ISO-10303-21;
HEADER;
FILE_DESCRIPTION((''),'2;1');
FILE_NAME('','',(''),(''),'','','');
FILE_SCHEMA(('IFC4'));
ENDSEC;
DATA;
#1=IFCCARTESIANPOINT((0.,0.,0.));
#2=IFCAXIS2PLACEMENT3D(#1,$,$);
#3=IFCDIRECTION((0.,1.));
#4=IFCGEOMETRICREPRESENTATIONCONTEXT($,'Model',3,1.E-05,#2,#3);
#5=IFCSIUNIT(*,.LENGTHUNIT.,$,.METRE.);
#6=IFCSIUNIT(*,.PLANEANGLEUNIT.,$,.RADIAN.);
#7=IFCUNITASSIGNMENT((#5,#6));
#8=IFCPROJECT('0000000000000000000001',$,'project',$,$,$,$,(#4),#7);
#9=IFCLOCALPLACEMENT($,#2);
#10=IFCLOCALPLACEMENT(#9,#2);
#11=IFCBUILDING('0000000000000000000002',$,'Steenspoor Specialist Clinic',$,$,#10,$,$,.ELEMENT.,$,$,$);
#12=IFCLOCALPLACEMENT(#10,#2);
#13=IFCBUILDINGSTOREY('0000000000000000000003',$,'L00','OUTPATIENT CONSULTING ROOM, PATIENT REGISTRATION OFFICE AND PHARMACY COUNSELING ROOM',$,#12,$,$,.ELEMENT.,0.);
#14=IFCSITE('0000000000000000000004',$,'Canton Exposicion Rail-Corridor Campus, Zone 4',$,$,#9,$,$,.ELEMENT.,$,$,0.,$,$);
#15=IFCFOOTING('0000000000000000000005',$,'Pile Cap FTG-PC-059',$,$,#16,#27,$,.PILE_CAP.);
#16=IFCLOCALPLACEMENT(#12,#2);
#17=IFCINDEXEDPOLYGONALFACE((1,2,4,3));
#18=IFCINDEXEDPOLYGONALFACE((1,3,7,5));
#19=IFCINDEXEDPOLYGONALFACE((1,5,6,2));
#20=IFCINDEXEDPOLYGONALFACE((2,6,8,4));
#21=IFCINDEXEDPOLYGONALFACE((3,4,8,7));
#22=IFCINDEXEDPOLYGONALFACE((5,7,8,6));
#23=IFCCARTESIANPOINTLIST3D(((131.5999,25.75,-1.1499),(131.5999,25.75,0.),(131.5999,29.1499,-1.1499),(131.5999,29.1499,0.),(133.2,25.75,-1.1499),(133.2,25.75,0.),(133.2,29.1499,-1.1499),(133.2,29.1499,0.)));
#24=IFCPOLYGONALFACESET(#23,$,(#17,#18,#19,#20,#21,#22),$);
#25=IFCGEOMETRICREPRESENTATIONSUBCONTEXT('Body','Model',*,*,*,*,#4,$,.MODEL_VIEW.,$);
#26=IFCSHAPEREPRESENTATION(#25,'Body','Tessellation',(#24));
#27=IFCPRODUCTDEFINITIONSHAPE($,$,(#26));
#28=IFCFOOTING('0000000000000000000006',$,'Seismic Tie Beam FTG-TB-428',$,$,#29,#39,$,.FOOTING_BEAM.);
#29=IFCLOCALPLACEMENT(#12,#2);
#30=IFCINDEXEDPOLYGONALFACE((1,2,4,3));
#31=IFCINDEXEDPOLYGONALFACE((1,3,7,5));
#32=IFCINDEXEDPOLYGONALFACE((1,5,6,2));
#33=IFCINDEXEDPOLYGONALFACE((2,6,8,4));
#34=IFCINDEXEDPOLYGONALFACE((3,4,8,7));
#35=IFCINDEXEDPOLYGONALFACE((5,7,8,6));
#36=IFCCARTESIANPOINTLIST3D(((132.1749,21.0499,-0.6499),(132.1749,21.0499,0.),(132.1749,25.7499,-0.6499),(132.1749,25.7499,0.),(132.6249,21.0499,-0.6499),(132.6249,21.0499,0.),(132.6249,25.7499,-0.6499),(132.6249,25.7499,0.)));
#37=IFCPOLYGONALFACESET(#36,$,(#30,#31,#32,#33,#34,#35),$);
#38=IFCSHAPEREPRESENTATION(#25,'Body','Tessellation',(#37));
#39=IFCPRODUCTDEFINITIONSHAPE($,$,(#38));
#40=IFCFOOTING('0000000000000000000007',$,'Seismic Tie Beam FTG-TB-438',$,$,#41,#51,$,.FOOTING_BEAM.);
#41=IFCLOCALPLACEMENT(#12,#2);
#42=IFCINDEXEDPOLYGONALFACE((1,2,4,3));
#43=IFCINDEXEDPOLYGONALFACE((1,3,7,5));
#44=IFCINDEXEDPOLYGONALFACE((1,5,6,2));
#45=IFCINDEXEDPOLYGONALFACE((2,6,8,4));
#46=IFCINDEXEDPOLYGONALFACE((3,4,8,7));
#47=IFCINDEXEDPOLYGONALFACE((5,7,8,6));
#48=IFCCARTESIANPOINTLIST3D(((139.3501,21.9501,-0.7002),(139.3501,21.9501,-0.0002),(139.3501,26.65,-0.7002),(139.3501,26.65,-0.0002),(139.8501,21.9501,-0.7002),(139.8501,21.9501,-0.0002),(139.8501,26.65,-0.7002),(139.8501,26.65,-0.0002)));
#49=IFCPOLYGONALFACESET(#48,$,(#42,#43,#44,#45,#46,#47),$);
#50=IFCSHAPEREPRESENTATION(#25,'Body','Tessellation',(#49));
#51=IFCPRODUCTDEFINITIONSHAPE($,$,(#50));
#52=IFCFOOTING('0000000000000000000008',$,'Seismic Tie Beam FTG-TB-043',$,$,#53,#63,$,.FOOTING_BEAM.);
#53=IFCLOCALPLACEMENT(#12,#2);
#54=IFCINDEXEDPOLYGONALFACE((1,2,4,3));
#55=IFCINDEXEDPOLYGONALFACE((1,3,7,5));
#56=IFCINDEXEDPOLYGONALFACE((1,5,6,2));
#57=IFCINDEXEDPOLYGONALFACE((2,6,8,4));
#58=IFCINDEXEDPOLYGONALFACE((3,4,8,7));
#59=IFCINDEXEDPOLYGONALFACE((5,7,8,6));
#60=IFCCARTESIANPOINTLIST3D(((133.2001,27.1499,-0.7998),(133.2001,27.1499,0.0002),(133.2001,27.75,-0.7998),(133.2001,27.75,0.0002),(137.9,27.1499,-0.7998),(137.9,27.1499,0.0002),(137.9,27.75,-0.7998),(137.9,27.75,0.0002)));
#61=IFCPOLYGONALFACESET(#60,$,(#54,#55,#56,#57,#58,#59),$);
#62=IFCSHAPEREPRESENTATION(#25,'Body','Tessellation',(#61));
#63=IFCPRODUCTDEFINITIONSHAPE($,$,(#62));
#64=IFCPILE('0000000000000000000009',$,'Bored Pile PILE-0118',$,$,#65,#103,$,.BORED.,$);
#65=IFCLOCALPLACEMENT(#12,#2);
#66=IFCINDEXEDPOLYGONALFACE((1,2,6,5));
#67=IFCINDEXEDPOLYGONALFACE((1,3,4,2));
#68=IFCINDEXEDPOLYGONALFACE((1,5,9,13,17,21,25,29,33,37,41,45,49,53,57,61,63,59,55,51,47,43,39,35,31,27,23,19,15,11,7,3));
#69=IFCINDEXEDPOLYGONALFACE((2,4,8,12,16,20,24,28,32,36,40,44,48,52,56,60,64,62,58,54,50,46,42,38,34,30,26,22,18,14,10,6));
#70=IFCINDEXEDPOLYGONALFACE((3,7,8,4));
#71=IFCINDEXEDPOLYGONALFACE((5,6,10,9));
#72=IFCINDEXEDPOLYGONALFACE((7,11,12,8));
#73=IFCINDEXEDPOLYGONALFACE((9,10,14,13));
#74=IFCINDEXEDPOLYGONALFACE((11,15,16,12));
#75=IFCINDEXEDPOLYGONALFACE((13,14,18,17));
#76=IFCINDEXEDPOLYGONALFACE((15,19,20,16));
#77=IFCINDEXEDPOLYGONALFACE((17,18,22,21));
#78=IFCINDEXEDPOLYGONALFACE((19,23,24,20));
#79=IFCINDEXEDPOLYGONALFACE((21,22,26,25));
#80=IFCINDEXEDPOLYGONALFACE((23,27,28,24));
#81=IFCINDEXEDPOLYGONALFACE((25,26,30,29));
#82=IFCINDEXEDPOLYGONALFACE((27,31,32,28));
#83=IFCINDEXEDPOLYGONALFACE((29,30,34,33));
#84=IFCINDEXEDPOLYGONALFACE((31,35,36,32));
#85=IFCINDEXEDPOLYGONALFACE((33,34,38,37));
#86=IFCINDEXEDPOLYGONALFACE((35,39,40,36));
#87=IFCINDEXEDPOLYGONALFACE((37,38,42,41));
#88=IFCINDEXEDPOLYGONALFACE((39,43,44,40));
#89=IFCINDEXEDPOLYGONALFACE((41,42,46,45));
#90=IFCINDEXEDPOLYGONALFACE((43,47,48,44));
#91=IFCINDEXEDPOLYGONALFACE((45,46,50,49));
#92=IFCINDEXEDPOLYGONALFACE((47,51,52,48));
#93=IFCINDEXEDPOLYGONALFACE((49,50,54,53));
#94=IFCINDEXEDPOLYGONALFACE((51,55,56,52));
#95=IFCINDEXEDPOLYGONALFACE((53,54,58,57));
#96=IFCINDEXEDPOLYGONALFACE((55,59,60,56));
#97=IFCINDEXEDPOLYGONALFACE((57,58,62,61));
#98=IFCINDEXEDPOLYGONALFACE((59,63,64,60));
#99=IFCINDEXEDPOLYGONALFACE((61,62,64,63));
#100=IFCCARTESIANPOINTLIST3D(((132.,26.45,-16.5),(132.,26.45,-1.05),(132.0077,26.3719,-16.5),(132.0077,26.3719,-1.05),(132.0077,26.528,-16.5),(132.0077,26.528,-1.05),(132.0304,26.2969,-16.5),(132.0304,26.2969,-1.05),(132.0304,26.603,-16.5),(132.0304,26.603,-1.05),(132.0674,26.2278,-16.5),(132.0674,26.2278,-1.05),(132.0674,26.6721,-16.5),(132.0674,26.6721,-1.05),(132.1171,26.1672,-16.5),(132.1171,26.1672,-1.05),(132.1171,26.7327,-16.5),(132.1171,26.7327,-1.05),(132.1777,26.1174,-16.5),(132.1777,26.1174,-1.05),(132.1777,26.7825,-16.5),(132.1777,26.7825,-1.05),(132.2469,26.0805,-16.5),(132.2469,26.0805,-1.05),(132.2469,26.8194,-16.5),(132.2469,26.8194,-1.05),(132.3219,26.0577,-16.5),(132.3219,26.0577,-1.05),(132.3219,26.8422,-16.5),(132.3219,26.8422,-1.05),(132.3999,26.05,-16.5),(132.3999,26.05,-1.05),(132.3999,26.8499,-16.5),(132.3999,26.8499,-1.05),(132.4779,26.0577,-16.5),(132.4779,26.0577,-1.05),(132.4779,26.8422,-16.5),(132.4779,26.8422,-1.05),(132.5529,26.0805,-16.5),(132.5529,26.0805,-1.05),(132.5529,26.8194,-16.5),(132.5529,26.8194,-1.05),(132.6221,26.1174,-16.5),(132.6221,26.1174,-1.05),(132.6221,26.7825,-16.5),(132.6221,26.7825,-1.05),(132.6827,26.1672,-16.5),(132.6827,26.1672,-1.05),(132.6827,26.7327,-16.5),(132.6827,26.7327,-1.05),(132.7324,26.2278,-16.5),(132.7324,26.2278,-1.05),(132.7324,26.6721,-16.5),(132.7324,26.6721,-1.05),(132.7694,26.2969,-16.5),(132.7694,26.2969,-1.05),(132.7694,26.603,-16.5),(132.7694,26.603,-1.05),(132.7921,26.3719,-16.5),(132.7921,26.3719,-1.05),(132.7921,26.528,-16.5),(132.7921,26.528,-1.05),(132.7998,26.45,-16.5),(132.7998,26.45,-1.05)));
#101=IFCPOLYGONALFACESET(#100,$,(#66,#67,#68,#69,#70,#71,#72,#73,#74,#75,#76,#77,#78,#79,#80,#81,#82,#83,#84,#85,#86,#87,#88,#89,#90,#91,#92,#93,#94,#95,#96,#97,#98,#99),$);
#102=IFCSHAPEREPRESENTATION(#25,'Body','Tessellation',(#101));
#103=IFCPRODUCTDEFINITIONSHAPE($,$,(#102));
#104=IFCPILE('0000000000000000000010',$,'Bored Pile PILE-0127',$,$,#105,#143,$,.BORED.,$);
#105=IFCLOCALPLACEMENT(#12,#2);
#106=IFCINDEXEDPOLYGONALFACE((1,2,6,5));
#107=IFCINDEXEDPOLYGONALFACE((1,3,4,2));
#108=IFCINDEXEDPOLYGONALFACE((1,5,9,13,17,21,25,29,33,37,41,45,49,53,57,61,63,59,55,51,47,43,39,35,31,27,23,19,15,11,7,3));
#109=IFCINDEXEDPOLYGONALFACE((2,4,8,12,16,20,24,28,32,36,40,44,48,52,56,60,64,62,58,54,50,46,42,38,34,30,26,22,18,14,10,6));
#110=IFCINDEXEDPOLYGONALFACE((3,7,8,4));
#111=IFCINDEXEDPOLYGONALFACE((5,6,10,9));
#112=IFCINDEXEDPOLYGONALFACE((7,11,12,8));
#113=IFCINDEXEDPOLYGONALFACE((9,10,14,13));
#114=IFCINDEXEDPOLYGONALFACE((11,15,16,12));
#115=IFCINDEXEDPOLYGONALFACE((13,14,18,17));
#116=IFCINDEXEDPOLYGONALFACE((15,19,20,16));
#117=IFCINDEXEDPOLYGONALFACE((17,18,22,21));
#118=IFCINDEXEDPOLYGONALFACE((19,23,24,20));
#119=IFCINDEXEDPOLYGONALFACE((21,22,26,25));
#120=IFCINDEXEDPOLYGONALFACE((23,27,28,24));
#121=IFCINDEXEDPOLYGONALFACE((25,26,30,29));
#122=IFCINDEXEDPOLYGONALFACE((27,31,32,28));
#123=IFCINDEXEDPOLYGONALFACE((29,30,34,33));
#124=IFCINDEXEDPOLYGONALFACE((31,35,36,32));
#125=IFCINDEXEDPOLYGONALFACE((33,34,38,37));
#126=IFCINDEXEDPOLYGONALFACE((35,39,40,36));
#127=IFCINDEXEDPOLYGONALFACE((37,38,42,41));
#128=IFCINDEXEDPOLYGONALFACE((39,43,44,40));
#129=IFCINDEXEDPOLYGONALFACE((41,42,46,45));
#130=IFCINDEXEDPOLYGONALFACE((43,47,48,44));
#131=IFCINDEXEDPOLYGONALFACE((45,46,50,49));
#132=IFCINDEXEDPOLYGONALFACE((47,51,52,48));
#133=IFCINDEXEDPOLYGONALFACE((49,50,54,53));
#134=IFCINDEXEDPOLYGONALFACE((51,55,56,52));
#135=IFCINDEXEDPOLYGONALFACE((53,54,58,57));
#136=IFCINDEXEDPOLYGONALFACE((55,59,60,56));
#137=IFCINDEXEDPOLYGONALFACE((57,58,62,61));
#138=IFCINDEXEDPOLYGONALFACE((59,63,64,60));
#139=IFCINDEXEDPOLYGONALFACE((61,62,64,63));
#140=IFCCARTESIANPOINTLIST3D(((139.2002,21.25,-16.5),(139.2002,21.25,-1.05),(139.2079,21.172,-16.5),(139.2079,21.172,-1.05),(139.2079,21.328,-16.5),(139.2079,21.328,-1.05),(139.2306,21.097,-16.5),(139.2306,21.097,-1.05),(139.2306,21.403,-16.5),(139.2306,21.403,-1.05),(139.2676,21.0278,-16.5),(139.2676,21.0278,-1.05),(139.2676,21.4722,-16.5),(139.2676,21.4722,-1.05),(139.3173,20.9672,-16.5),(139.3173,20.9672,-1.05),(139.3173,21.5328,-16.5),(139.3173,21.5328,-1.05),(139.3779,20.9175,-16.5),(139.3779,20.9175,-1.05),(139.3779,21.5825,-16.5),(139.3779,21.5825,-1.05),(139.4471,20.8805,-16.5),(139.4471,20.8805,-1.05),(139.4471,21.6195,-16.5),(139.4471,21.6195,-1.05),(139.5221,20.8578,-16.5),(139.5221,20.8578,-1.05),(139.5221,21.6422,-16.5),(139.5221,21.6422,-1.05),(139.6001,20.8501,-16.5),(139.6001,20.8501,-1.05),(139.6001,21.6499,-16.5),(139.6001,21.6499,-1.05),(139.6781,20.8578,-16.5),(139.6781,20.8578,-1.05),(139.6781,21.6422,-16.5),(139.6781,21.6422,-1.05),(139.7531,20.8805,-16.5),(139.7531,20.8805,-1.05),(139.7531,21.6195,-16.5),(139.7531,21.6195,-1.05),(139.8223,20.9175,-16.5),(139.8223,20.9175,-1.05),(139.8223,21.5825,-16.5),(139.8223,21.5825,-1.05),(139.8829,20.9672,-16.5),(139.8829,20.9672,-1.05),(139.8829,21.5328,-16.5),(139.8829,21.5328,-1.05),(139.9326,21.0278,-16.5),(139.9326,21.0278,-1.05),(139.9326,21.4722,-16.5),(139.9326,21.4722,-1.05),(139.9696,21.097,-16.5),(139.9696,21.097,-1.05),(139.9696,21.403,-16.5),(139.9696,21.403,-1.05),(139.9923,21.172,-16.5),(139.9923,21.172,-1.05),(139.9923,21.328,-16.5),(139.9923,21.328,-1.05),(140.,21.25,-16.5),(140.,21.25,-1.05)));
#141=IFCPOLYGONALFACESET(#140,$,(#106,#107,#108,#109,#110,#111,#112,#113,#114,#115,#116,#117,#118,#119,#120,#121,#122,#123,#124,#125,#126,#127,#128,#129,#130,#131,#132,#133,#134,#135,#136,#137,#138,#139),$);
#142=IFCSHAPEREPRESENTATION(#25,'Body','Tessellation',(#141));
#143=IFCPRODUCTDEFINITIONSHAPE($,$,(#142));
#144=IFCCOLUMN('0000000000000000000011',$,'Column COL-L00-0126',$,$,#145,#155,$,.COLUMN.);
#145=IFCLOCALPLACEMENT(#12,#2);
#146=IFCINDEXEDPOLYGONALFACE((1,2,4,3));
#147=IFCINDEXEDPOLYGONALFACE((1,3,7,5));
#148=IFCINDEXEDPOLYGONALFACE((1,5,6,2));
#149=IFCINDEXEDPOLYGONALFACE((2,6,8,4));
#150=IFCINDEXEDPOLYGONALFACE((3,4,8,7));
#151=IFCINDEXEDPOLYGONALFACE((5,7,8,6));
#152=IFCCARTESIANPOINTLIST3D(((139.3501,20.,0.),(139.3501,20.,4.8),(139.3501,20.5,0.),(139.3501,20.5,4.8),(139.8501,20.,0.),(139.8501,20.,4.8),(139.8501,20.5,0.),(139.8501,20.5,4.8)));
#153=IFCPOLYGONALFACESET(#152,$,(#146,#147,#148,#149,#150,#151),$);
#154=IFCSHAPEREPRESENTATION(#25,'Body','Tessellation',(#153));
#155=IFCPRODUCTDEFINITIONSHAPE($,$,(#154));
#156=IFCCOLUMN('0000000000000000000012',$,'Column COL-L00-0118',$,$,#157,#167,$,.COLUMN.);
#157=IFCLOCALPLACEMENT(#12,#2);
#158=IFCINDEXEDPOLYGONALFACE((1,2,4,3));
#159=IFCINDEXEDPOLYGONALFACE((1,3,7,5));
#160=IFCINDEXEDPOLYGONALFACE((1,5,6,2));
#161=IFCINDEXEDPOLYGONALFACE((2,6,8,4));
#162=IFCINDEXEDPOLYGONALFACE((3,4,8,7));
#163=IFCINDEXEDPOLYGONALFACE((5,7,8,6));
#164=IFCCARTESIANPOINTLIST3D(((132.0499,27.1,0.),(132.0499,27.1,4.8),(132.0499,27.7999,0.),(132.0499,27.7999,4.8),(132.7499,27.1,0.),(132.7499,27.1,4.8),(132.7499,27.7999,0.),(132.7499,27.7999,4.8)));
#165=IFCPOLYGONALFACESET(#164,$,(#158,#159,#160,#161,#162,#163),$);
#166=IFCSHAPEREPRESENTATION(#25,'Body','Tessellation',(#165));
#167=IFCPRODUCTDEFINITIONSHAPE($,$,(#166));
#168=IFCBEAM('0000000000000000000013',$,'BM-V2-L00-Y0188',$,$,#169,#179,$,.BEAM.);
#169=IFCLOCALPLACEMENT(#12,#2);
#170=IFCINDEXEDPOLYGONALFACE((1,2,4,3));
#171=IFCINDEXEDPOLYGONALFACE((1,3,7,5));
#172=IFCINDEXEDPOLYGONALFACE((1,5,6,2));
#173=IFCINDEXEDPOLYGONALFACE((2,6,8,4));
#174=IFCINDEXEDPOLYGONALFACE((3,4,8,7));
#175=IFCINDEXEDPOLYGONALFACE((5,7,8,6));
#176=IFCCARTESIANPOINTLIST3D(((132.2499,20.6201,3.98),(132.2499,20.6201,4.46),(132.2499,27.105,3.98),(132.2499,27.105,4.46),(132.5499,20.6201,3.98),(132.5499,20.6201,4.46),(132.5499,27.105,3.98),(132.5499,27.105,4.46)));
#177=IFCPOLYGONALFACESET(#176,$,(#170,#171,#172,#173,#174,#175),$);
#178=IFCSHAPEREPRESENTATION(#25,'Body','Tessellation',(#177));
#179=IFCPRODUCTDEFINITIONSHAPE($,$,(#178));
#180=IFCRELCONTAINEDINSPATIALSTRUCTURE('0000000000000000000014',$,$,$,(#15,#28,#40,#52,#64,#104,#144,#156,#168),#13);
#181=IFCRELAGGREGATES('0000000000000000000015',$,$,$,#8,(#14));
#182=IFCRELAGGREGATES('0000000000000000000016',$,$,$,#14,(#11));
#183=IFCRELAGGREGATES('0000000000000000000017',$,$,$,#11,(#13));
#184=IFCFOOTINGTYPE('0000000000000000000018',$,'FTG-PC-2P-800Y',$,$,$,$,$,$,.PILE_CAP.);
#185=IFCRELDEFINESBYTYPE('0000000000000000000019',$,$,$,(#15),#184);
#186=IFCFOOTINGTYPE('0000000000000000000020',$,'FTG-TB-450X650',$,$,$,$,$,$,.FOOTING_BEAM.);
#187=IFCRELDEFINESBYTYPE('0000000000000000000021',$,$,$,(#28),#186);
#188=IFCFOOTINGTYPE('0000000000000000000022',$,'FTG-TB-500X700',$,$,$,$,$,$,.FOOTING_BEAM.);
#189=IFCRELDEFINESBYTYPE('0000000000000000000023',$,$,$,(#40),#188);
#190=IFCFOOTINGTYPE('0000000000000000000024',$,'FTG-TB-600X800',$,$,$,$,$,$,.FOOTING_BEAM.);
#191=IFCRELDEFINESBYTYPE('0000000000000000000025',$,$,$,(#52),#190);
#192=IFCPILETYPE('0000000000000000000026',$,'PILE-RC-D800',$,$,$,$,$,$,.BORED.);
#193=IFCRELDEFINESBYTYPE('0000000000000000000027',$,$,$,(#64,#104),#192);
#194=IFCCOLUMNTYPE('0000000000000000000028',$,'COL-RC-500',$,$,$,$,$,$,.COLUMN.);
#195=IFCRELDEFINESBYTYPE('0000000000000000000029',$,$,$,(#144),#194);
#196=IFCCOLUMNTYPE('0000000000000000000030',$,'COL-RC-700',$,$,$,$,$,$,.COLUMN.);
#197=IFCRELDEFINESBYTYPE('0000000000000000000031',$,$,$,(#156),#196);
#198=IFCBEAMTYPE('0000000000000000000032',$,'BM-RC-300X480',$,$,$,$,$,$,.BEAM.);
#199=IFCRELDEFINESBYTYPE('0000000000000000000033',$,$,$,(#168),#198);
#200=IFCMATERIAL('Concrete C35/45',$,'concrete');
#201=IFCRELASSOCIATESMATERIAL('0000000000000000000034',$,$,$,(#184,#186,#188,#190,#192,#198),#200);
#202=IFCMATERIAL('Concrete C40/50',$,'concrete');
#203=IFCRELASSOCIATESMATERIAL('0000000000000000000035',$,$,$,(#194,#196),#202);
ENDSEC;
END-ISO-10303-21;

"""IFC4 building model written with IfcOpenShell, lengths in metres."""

from ifc_helpers import new_model, si_unit, direction, frame, origin, origin_2d, place, context, subcontext, project, spatial, rectangle, circle, extrude, material, material_profile, profile_set, type_object, element, save


model = new_model("IFC4")

# Units and contexts
model_context = context("Model", 3, precision=1e-05, world=origin(), true_north=direction((0.0, 1.0)))
body_context = subcontext(model_context, "Body", "Model", "MODEL_VIEW")
ifc_project = project(units=[si_unit("LENGTHUNIT", "METRE"), si_unit("PLANEANGLEUNIT", "RADIAN")], contexts=[model_context])

# Site, building, storey
site_placement = place(None, origin())
site = spatial("IfcSite", under=ifc_project, at=site_placement, Name="Canton Exposicion Rail-Corridor Campus, Zone 4", CompositionType="ELEMENT", RefElevation=0.0)
building_placement = place(site_placement, origin())
building = spatial("IfcBuilding", under=site, at=building_placement, Name="Steenspoor Specialist Clinic", CompositionType="ELEMENT")
storey_placement = place(building_placement, origin())
storey = spatial("IfcBuildingStorey", under=building, at=storey_placement, Name="L00", Description="OUTPATIENT CONSULTING ROOM, PATIENT REGISTRATION OFFICE AND PHARMACY COUNSELING ROOM", CompositionType="ELEMENT", Elevation=0.0)

# Footings
ifc_material_1 = material(Name="Concrete C35/45", Category="concrete")
footing_type_1 = type_object("IfcFootingType", Name="FTG-PC-2P-800Y", PredefinedType="PILE_CAP", material=ifc_material_1)
footing_1_placement = place(storey_placement, frame((132.3999, 27.45, -1.1499), z_axis=(0.0, 0.0, 1.0), x_axis=(1.0, 0.0, 0.0)))
element("IfcFooting", 1, at=footing_1_placement, inside=storey, type_object=footing_type_1, Name="Pile Cap FTG-PC-059", PredefinedType="PILE_CAP", context=body_context, shape_type="SweptSolid", body=[
    extrude(rectangle(XDim=1.6001, YDim=3.3999, at=origin_2d()), origin(), (0.0, 0.0, 1.0), 1.1499),
])
footing_type_2 = type_object("IfcFootingType", Name="FTG-TB-450X650", PredefinedType="FOOTING_BEAM", material=ifc_material_1)
footing_2_placement = place(storey_placement, frame((132.3999, 23.3999, -0.6499), z_axis=(0.0, 0.0, 1.0), x_axis=(1.0, 0.0, 0.0)))
element("IfcFooting", 2, at=footing_2_placement, inside=storey, type_object=footing_type_2, Name="Seismic Tie Beam FTG-TB-428", PredefinedType="FOOTING_BEAM", context=body_context, shape_type="SweptSolid", body=[
    extrude(rectangle(XDim=0.45, YDim=4.7, at=origin_2d()), origin(), (0.0, 0.0, 1.0), 0.6499),
])
footing_type_3 = type_object("IfcFootingType", Name="FTG-TB-500X700", PredefinedType="FOOTING_BEAM", material=ifc_material_1)
footing_3_placement = place(storey_placement, frame((139.6001, 24.3, -0.7002), z_axis=(0.0, 0.0, 1.0), x_axis=(1.0, 0.0, 0.0)))
element("IfcFooting", 3, at=footing_3_placement, inside=storey, type_object=footing_type_3, Name="Seismic Tie Beam FTG-TB-438", PredefinedType="FOOTING_BEAM", context=body_context, shape_type="SweptSolid", body=[
    extrude(rectangle(XDim=0.5, YDim=4.7, at=origin_2d()), origin(), (0.0, 0.0, 1.0), 0.7),
])
footing_type_4 = type_object("IfcFootingType", Name="FTG-TB-600X800", PredefinedType="FOOTING_BEAM", material=ifc_material_1)
footing_4_placement = place(storey_placement, frame((135.55, 27.45, -0.7998), z_axis=(0.0, 0.0, 1.0), x_axis=(1.0, 0.0, 0.0)))
element("IfcFooting", 4, at=footing_4_placement, inside=storey, type_object=footing_type_4, Name="Seismic Tie Beam FTG-TB-043", PredefinedType="FOOTING_BEAM", context=body_context, shape_type="SweptSolid", body=[
    extrude(rectangle(XDim=4.7, YDim=0.6001, at=origin_2d()), origin(), (0.0, 0.0, 1.0), 0.8),
])

# Piles
ifc_material_profile_1 = material_profile(ifc_material_1, circle(Radius=0.3999, at=origin_2d()), Name="PILE-D800")
ifc_profile_set_1 = profile_set([ifc_material_profile_1], Name="Concrete C35/45")
pile_type = type_object("IfcPileType", Name="PILE-RC-D800", PredefinedType="BORED", material=ifc_profile_set_1)
for number, where, z_axis, x_axis, name in (
    (5, (132.3999, 26.45, -1.05), (0.0, 0.0, -1.0), (1.0, 0.0, 0.0), "Bored Pile PILE-0118"),
    (6, (139.6001, 21.25, -1.05), (0.0, 0.0, -1.0), (1.0, 0.0, 0.0), "Bored Pile PILE-0127"),
):
    element("IfcPile", number, at=place(storey_placement, frame(where, z_axis=z_axis, x_axis=x_axis)), inside=storey, type_object=pile_type, Name=name, PredefinedType="BORED", context=body_context, shape_type="SweptSolid", body=[
        extrude(circle(Radius=0.3999, at=origin_2d()), origin(), (0.0, 0.0, 1.0), 15.45),
    ])

# Columns
ifc_material_2 = material(Name="Concrete C40/50", Category="concrete")
ifc_material_profile_2 = material_profile(ifc_material_2, rectangle(XDim=0.5, YDim=0.5, at=origin_2d()), Name="RC-COL-500X500")
ifc_profile_set_2 = profile_set([ifc_material_profile_2], Name="Concrete C40/50")
column_type_1 = type_object("IfcColumnType", Name="COL-RC-500", PredefinedType="COLUMN", material=ifc_profile_set_2)
column_1_placement = place(storey_placement, frame((139.6001, 20.25, 0.0), z_axis=(0.0, 0.0, 1.0), x_axis=(1.0, 0.0, 0.0)))
element("IfcColumn", 7, at=column_1_placement, inside=storey, type_object=column_type_1, Name="Column COL-L00-0126", PredefinedType="COLUMN", context=body_context, shape_type="SweptSolid", body=[
    extrude(rectangle(XDim=0.5, YDim=0.5, at=origin_2d()), origin(), (0.0, 0.0, 1.0), 4.8),
])
ifc_material_profile_3 = material_profile(ifc_material_2, rectangle(XDim=0.7, YDim=0.7, at=origin_2d()), Name="RC-COL-700X700")
ifc_profile_set_3 = profile_set([ifc_material_profile_3], Name="Concrete C40/50")
column_type_2 = type_object("IfcColumnType", Name="COL-RC-700", PredefinedType="COLUMN", material=ifc_profile_set_3)
column_2_placement = place(storey_placement, frame((132.3999, 27.45, 0.0), z_axis=(0.0, 0.0, 1.0), x_axis=(1.0, 0.0, 0.0)))
element("IfcColumn", 8, at=column_2_placement, inside=storey, type_object=column_type_2, Name="Column COL-L00-0118", PredefinedType="COLUMN", context=body_context, shape_type="SweptSolid", body=[
    extrude(rectangle(XDim=0.7, YDim=0.7, at=origin_2d()), origin(), (0.0, 0.0, 1.0), 4.8),
])

# Beam
ifc_material_profile_4 = material_profile(ifc_material_1, rectangle(XDim=0.3, YDim=0.48, at=origin_2d()), Name="RC-BM-300X480")
ifc_profile_set_4 = profile_set([ifc_material_profile_4], Name="Concrete C35/45")
beam_type_1 = type_object("IfcBeamType", Name="BM-RC-300X480", PredefinedType="BEAM", material=ifc_profile_set_4)
beam_1_placement = place(storey_placement, frame((132.3999, 20.6201, 4.22), z_axis=(0.0, 1.0, 0.0), x_axis=(-1.0, 0.0, 0.0)))
element("IfcBeam", 9, at=beam_1_placement, inside=storey, type_object=beam_type_1, Name="BM-V2-L00-Y0188", PredefinedType="BEAM", context=body_context, shape_type="SweptSolid", body=[
    extrude(rectangle(XDim=0.3, YDim=0.48, at=origin_2d()), origin(), (0.0, 0.0, 1.0), 6.4849),
])

save(model, "model.ifc")
